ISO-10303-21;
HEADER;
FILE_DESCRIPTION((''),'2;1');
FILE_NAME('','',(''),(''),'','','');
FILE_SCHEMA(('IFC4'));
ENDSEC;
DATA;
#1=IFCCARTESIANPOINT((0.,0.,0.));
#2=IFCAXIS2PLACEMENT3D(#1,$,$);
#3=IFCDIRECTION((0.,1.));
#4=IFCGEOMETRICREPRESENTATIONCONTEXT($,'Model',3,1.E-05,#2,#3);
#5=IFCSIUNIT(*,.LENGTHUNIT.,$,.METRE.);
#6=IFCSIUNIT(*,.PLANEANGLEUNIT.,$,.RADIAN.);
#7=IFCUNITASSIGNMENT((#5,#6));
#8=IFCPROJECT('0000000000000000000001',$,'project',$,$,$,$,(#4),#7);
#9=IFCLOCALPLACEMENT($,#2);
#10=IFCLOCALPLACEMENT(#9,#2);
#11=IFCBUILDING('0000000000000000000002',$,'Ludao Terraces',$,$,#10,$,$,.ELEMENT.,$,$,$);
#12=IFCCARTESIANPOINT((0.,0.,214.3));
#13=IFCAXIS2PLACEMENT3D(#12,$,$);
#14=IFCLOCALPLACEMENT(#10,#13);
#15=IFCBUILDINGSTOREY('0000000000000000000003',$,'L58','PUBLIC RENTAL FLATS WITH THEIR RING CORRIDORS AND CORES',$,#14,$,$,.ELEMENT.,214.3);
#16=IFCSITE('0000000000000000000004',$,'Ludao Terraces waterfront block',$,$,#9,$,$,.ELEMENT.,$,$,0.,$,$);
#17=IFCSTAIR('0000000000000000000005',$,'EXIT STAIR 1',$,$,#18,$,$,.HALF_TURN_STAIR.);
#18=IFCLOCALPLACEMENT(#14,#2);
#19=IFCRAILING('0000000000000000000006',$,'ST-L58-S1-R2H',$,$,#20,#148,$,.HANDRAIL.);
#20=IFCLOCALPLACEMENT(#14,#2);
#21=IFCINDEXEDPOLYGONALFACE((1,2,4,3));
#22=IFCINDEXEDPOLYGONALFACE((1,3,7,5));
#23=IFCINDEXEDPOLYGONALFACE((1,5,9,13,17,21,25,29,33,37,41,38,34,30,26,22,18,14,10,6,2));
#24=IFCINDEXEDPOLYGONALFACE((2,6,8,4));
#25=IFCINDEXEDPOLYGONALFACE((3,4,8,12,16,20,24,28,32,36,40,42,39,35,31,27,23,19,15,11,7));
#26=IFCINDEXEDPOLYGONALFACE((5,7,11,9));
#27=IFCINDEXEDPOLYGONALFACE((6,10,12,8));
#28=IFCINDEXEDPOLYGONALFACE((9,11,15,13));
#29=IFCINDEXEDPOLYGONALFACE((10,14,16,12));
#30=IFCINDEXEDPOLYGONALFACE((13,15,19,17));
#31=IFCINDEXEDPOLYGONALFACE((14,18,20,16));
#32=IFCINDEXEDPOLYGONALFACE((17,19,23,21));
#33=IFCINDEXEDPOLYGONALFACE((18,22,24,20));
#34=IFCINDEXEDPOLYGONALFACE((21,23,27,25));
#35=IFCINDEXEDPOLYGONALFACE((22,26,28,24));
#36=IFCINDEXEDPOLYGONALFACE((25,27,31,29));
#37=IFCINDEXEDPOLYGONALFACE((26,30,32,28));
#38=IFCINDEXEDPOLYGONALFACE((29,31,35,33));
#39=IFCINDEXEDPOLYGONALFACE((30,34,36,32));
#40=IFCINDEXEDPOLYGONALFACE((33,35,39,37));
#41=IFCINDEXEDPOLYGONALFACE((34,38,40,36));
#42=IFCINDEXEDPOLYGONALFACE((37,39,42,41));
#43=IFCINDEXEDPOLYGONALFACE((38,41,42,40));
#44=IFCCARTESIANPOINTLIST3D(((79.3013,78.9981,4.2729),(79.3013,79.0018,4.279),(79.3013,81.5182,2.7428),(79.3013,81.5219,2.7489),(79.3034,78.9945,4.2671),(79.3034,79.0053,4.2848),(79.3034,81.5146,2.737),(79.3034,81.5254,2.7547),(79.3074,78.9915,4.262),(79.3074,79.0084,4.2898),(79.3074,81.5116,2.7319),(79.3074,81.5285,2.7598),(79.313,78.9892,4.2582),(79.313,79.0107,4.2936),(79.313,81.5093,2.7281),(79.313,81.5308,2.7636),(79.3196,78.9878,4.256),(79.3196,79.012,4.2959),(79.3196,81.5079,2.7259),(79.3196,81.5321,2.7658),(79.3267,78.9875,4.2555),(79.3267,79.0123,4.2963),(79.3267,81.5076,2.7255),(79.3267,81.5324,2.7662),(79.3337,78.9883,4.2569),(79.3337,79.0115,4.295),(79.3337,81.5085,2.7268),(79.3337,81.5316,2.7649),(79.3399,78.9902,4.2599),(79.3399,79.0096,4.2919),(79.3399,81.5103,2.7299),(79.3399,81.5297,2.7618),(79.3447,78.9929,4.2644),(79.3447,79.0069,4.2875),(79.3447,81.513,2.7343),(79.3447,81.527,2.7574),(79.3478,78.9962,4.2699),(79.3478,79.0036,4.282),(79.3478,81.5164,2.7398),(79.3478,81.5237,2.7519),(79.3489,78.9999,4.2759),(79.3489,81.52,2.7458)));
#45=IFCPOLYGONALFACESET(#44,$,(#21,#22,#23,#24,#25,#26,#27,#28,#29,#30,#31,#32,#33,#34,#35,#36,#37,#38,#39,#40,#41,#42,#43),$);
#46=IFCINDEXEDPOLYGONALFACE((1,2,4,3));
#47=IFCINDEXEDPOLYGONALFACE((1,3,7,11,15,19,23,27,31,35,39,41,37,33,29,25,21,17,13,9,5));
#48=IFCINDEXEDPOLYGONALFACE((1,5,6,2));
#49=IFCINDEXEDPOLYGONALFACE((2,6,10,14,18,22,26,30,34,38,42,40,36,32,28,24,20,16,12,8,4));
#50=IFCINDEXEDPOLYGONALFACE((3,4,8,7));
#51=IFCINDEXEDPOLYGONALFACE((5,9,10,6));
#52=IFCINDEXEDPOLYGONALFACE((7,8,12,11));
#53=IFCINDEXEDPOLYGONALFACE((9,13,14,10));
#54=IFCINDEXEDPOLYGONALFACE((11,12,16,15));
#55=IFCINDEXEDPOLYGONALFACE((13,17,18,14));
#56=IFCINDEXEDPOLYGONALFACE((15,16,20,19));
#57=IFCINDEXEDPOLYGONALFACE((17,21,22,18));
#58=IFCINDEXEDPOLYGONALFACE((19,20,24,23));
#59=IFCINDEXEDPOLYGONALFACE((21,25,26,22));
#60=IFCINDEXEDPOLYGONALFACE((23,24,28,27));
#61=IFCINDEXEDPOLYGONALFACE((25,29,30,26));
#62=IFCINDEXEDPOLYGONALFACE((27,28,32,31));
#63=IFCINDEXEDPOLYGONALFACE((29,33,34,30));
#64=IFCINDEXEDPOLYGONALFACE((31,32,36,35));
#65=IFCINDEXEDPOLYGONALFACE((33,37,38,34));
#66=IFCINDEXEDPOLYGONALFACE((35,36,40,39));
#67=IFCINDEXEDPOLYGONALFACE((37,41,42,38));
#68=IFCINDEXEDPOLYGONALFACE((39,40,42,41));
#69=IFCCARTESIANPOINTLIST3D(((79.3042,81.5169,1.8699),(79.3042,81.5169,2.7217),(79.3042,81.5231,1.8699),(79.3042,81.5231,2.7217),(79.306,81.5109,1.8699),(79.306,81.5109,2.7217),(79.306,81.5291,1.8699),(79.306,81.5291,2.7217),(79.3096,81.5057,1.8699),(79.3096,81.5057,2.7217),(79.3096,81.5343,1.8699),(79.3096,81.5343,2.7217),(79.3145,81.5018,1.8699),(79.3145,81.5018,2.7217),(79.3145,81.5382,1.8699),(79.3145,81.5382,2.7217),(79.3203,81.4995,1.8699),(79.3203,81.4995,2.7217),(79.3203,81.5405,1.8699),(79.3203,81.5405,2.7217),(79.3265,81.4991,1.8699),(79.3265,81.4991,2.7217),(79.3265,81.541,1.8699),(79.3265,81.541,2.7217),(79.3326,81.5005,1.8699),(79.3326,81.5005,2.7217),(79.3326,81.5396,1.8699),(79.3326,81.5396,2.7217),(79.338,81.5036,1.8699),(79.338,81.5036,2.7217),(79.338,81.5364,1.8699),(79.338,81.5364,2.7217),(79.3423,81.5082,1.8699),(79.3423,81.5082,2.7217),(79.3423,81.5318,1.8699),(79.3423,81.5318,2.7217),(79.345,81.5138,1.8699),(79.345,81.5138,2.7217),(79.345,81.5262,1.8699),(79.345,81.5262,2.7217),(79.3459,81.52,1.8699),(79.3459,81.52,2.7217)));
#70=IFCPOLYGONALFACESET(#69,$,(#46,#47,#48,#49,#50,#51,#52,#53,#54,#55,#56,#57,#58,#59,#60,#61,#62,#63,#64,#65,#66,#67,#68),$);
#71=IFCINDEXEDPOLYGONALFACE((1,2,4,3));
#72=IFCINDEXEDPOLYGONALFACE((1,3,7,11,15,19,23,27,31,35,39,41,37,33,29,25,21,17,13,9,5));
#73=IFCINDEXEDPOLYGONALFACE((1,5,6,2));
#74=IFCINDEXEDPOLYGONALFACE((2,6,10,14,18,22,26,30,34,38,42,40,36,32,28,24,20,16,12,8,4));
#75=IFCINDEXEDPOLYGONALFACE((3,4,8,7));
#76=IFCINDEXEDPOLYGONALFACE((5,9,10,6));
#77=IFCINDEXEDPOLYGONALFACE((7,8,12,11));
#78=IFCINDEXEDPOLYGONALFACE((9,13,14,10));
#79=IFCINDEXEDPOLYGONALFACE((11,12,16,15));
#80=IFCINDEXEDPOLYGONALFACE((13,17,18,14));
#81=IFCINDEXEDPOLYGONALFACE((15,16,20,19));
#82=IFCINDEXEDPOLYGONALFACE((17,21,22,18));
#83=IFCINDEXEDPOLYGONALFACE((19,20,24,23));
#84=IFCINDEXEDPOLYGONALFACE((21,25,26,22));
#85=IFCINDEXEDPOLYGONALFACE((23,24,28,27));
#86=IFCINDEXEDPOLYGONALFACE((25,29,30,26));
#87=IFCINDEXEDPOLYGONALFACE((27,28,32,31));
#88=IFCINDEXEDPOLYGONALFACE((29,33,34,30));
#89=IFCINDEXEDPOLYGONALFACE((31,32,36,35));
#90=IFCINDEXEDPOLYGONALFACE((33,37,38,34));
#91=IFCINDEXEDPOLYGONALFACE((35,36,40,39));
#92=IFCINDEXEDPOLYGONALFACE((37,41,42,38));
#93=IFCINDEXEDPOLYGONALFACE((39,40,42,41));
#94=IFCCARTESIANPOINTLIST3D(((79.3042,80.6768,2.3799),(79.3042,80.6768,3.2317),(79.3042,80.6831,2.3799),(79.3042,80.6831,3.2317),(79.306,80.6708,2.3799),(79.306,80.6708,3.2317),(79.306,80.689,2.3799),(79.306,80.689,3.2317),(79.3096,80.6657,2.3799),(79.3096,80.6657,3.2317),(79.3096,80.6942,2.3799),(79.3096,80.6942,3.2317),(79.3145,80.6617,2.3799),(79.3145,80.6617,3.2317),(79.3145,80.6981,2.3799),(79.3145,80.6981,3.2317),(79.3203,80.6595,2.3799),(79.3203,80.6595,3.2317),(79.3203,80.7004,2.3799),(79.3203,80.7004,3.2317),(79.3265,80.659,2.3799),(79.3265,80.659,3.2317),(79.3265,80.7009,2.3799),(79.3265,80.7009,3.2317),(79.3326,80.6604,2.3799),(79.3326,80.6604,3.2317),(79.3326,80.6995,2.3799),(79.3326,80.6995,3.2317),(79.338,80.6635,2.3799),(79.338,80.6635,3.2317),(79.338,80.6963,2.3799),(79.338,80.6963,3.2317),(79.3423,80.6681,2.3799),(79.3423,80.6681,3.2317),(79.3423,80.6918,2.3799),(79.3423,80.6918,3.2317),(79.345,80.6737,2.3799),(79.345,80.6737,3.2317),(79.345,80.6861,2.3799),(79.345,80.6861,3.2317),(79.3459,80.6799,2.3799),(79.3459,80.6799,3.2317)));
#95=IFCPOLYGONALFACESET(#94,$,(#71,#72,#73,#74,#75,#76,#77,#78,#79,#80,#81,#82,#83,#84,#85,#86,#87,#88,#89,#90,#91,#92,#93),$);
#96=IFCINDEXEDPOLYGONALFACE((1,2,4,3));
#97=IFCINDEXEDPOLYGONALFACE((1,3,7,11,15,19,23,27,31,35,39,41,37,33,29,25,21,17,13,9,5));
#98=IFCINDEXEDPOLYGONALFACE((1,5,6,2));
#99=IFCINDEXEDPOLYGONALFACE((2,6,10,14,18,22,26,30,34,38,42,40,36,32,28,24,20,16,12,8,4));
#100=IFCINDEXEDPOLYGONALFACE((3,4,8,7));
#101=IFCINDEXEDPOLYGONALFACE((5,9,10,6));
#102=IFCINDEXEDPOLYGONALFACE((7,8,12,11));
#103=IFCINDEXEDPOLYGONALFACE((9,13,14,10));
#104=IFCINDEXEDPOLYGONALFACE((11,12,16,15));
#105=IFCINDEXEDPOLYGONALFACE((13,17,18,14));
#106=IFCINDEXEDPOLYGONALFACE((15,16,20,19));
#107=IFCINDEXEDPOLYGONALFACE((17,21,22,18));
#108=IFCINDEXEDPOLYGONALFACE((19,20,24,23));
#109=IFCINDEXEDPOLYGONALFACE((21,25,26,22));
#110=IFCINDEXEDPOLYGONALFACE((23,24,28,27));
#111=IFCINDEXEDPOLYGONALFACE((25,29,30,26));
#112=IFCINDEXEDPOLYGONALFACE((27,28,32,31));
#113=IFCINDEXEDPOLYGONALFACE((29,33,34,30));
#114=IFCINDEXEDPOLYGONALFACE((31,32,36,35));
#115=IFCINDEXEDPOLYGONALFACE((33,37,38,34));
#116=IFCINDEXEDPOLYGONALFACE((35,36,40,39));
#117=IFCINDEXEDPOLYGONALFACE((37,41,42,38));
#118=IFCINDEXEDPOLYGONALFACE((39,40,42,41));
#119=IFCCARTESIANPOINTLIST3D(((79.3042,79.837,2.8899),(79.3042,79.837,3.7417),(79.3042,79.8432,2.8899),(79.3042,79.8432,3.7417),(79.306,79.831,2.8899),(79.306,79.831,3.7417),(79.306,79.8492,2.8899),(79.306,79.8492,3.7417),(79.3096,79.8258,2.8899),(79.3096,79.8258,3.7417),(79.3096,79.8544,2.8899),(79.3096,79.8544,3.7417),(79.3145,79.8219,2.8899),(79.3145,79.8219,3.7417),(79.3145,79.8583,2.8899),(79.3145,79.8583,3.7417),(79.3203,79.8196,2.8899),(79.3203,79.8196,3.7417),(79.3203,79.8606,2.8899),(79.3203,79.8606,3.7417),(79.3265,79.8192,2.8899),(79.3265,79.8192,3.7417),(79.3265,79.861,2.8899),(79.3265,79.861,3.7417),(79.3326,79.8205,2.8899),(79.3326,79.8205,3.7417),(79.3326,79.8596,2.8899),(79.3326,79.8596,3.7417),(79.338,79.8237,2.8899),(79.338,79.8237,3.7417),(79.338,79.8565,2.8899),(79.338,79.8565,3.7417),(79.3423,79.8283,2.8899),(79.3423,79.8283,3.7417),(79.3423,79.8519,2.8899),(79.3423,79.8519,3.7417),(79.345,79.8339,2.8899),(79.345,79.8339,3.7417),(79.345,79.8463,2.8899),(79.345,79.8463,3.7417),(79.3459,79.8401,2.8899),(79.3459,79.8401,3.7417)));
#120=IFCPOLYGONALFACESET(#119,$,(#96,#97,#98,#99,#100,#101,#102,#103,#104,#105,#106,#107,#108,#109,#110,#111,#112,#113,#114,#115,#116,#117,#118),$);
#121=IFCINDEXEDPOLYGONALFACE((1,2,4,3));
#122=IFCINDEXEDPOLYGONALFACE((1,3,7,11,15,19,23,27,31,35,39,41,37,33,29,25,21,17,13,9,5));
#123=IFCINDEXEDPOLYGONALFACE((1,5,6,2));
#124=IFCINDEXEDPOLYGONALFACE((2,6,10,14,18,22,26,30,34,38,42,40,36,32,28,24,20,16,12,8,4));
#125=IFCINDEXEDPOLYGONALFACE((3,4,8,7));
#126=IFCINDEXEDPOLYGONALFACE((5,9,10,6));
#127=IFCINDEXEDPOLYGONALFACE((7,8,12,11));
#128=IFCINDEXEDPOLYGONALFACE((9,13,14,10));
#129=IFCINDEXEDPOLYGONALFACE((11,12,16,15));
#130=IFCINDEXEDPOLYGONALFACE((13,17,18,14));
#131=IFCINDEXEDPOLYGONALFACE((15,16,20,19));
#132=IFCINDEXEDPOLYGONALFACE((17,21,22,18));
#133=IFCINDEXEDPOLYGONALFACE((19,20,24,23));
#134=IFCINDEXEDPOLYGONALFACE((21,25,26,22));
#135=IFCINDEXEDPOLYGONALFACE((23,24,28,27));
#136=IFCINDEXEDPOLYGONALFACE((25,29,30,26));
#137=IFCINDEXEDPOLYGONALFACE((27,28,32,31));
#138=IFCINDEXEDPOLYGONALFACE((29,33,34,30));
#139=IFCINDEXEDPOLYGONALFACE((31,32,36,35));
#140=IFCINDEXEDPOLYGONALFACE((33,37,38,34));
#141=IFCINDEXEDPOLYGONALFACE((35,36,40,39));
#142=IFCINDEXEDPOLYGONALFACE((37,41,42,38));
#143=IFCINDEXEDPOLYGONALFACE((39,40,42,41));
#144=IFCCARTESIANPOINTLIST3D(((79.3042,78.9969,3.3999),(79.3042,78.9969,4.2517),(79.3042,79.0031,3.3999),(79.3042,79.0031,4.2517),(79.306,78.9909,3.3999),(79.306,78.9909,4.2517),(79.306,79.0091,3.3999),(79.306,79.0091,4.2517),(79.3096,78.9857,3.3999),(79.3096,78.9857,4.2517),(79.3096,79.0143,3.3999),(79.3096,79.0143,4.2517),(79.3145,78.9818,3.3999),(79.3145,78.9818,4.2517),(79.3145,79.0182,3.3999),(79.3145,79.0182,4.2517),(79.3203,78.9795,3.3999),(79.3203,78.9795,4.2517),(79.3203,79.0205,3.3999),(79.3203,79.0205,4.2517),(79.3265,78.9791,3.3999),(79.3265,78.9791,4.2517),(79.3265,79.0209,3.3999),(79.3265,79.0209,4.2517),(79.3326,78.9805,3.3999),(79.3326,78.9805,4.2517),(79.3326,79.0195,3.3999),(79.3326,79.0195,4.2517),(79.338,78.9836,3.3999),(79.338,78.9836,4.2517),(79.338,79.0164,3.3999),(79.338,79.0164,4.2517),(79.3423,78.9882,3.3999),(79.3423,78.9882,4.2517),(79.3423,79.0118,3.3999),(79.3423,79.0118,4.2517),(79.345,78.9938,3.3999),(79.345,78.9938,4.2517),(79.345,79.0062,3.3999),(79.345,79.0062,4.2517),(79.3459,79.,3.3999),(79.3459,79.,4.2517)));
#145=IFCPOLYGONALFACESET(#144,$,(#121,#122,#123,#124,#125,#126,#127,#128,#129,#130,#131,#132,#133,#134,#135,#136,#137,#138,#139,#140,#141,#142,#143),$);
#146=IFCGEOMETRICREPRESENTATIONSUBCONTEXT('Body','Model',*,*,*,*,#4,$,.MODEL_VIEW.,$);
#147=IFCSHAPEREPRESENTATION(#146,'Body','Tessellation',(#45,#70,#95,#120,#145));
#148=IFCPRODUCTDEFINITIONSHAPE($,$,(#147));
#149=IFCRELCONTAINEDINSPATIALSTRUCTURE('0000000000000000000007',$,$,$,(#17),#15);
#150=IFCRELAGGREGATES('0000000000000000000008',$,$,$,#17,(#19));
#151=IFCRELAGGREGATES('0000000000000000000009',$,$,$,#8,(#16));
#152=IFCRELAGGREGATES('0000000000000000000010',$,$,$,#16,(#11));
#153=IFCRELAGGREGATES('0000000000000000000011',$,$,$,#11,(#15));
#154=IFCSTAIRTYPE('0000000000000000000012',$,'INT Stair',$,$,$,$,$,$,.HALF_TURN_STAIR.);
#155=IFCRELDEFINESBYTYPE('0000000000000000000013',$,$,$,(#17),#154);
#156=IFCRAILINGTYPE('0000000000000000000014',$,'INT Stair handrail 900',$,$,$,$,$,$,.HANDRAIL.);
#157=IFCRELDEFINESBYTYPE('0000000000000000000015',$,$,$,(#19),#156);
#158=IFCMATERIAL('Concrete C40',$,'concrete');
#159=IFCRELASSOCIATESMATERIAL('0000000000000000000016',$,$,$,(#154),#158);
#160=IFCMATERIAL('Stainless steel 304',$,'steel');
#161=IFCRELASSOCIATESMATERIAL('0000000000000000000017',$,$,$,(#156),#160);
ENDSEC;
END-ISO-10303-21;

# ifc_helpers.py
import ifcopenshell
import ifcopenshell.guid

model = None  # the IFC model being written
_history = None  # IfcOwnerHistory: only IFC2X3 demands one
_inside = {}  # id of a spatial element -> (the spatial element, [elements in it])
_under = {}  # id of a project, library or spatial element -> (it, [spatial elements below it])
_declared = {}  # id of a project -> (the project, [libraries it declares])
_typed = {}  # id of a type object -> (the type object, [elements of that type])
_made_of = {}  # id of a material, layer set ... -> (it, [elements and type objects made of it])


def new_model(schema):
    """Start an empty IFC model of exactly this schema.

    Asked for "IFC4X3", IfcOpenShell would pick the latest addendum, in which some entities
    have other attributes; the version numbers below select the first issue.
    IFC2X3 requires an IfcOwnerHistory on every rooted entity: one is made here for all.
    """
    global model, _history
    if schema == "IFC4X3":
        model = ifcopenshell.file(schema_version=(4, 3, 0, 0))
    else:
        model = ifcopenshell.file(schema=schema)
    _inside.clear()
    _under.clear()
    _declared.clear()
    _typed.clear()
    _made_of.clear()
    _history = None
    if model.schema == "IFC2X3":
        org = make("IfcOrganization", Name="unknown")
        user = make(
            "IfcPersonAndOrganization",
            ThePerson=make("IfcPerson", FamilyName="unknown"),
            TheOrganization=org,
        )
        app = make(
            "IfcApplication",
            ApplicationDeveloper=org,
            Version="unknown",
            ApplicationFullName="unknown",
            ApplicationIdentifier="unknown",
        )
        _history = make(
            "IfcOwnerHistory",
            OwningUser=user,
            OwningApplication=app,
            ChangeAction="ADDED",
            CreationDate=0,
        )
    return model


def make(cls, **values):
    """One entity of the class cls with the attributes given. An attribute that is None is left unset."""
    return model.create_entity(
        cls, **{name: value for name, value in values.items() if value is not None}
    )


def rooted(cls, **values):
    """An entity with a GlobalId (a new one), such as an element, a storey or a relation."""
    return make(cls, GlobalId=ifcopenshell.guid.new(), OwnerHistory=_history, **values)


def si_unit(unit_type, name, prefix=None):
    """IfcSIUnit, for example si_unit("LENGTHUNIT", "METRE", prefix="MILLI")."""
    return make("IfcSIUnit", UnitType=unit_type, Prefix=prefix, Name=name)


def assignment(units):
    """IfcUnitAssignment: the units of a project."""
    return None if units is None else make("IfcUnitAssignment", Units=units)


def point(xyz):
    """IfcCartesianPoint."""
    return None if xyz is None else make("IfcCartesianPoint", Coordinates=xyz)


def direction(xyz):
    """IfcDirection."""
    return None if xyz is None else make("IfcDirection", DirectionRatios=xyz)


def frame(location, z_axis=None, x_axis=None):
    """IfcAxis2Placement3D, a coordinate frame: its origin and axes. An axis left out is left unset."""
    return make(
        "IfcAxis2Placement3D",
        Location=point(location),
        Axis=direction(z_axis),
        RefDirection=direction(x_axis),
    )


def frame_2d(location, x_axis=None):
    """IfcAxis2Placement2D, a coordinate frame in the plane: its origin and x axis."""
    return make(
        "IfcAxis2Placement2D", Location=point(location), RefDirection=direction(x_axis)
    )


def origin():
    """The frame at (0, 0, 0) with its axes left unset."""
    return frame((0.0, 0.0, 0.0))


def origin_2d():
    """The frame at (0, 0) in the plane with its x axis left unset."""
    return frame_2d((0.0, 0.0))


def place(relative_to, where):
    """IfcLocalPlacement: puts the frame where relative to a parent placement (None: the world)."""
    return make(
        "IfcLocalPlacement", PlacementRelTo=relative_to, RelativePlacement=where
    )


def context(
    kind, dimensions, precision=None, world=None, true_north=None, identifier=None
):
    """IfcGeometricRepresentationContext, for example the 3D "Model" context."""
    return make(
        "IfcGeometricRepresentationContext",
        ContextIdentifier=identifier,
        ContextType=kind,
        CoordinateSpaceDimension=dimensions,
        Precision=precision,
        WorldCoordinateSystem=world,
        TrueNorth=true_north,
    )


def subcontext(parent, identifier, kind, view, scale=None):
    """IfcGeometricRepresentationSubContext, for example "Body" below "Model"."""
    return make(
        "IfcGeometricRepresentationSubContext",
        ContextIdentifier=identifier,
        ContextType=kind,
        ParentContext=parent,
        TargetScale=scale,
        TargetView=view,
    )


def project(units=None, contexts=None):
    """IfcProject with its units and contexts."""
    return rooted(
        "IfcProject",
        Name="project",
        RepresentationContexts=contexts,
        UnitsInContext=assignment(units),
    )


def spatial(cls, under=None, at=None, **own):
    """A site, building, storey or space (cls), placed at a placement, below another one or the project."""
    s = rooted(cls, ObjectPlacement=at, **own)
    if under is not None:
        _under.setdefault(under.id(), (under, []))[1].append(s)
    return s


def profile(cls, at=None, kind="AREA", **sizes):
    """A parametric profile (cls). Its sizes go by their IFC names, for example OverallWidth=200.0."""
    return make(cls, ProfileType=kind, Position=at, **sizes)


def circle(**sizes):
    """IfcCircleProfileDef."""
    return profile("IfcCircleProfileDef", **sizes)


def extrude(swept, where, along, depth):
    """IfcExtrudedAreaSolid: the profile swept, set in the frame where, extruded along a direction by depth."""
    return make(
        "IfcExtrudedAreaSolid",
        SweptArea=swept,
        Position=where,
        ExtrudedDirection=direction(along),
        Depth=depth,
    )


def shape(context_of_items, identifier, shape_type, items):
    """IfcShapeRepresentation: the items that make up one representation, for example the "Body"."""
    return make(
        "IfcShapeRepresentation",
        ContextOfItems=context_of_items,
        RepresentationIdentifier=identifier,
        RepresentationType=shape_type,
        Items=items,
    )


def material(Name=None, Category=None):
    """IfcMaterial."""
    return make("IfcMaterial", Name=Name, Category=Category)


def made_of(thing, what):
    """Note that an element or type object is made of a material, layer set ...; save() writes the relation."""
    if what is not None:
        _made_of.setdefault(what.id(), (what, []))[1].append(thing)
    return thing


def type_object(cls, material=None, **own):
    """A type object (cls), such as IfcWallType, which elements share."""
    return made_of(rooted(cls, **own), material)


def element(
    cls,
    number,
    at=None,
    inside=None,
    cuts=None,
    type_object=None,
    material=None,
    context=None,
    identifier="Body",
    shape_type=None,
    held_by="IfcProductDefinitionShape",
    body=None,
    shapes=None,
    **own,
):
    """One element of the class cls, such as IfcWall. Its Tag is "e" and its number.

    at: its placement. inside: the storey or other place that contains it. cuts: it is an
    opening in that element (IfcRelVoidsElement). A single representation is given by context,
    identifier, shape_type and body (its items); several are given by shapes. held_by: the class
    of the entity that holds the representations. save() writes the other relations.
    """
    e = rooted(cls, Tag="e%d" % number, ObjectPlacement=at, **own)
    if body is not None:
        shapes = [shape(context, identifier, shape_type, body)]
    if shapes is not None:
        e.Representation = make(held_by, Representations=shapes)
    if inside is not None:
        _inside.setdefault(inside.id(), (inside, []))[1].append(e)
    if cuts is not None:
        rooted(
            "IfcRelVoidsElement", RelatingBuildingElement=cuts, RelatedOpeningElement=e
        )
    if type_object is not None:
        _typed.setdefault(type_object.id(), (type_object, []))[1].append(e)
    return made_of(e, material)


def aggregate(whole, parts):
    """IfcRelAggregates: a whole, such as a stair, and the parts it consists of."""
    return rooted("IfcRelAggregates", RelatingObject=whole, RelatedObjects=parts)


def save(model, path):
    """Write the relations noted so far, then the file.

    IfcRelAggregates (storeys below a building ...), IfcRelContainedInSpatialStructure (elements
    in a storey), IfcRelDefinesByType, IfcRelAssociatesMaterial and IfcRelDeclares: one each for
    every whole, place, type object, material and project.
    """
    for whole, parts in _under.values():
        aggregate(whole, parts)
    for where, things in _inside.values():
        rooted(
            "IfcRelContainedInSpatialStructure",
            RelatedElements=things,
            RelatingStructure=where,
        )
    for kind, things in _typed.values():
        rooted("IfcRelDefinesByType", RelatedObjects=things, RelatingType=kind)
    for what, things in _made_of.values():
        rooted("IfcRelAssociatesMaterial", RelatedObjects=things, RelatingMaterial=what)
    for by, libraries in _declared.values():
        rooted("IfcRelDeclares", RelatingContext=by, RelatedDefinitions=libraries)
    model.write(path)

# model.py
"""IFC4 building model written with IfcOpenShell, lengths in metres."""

from ifc_helpers import new_model, si_unit, direction, frame, origin, origin_2d, place, context, subcontext, project, spatial, circle, extrude, material, type_object, element, aggregate, save


model = new_model("IFC4")

# Units and contexts
model_context = context("Model", 3, precision=1e-05, world=origin(), true_north=direction((0.0, 1.0)))
body_context = subcontext(model_context, "Body", "Model", "MODEL_VIEW")
ifc_project = project(units=[si_unit("LENGTHUNIT", "METRE"), si_unit("PLANEANGLEUNIT", "RADIAN")], contexts=[model_context])

# Site, building, storey
site_placement = place(None, origin())
site = spatial("IfcSite", under=ifc_project, at=site_placement, Name="Ludao Terraces waterfront block", CompositionType="ELEMENT", RefElevation=0.0)
building_placement = place(site_placement, origin())
building = spatial("IfcBuilding", under=site, at=building_placement, Name="Ludao Terraces", CompositionType="ELEMENT")
storey_placement = place(building_placement, frame((0.0, 0.0, 214.3)))
storey = spatial("IfcBuildingStorey", under=building, at=storey_placement, Name="L58", Description="PUBLIC RENTAL FLATS WITH THEIR RING CORRIDORS AND CORES", CompositionType="ELEMENT", Elevation=214.3)

# Shared definitions
ifc_material_1 = material(Name="Concrete C40", Category="concrete")

# Stair, railing
stair_type = type_object("IfcStairType", Name="INT Stair", PredefinedType="HALF_TURN_STAIR", material=ifc_material_1)
stair_placement = place(storey_placement, origin())
stair = element("IfcStair", 1, at=stair_placement, inside=storey, type_object=stair_type, Name="EXIT STAIR 1", PredefinedType="HALF_TURN_STAIR")
ifc_material_2 = material(Name="Stainless steel 304", Category="steel")
railing_type_1 = type_object("IfcRailingType", Name="INT Stair handrail 900", PredefinedType="HANDRAIL", material=ifc_material_2)
railing_1_placement = place(storey_placement, frame((79.325, 81.52, 1.8699)))
railing_1 = element("IfcRailing", 2, at=railing_1_placement, type_object=railing_type_1, Name="ST-L58-S1-R2H", PredefinedType="HANDRAIL", context=body_context, shape_type="SweptSolid", body=[
    extrude(circle(Radius=0.0239, at=origin_2d()), frame((0.0, 0.0, 0.876), z_axis=(0.0, -0.854785, 0.518982), x_axis=(1.0, 0.0, 0.0)), (0.0, 0.0, 1.0), 2.9482),
    extrude(circle(Radius=0.021, at=origin_2d()), origin(), (0.0, 0.0, 1.0), 0.8518),
    extrude(circle(Radius=0.021, at=origin_2d()), frame((0.0, -0.8401, 0.51)), (0.0, 0.0, 1.0), 0.8518),
    extrude(circle(Radius=0.021, at=origin_2d()), frame((0.0, -1.6799, 1.02)), (0.0, 0.0, 1.0), 0.8518),
    extrude(circle(Radius=0.021, at=origin_2d()), frame((0.0, -2.52, 1.53)), (0.0, 0.0, 1.0), 0.8518),
])
aggregate(stair, [railing_1])

save(model, "model.ifc")
